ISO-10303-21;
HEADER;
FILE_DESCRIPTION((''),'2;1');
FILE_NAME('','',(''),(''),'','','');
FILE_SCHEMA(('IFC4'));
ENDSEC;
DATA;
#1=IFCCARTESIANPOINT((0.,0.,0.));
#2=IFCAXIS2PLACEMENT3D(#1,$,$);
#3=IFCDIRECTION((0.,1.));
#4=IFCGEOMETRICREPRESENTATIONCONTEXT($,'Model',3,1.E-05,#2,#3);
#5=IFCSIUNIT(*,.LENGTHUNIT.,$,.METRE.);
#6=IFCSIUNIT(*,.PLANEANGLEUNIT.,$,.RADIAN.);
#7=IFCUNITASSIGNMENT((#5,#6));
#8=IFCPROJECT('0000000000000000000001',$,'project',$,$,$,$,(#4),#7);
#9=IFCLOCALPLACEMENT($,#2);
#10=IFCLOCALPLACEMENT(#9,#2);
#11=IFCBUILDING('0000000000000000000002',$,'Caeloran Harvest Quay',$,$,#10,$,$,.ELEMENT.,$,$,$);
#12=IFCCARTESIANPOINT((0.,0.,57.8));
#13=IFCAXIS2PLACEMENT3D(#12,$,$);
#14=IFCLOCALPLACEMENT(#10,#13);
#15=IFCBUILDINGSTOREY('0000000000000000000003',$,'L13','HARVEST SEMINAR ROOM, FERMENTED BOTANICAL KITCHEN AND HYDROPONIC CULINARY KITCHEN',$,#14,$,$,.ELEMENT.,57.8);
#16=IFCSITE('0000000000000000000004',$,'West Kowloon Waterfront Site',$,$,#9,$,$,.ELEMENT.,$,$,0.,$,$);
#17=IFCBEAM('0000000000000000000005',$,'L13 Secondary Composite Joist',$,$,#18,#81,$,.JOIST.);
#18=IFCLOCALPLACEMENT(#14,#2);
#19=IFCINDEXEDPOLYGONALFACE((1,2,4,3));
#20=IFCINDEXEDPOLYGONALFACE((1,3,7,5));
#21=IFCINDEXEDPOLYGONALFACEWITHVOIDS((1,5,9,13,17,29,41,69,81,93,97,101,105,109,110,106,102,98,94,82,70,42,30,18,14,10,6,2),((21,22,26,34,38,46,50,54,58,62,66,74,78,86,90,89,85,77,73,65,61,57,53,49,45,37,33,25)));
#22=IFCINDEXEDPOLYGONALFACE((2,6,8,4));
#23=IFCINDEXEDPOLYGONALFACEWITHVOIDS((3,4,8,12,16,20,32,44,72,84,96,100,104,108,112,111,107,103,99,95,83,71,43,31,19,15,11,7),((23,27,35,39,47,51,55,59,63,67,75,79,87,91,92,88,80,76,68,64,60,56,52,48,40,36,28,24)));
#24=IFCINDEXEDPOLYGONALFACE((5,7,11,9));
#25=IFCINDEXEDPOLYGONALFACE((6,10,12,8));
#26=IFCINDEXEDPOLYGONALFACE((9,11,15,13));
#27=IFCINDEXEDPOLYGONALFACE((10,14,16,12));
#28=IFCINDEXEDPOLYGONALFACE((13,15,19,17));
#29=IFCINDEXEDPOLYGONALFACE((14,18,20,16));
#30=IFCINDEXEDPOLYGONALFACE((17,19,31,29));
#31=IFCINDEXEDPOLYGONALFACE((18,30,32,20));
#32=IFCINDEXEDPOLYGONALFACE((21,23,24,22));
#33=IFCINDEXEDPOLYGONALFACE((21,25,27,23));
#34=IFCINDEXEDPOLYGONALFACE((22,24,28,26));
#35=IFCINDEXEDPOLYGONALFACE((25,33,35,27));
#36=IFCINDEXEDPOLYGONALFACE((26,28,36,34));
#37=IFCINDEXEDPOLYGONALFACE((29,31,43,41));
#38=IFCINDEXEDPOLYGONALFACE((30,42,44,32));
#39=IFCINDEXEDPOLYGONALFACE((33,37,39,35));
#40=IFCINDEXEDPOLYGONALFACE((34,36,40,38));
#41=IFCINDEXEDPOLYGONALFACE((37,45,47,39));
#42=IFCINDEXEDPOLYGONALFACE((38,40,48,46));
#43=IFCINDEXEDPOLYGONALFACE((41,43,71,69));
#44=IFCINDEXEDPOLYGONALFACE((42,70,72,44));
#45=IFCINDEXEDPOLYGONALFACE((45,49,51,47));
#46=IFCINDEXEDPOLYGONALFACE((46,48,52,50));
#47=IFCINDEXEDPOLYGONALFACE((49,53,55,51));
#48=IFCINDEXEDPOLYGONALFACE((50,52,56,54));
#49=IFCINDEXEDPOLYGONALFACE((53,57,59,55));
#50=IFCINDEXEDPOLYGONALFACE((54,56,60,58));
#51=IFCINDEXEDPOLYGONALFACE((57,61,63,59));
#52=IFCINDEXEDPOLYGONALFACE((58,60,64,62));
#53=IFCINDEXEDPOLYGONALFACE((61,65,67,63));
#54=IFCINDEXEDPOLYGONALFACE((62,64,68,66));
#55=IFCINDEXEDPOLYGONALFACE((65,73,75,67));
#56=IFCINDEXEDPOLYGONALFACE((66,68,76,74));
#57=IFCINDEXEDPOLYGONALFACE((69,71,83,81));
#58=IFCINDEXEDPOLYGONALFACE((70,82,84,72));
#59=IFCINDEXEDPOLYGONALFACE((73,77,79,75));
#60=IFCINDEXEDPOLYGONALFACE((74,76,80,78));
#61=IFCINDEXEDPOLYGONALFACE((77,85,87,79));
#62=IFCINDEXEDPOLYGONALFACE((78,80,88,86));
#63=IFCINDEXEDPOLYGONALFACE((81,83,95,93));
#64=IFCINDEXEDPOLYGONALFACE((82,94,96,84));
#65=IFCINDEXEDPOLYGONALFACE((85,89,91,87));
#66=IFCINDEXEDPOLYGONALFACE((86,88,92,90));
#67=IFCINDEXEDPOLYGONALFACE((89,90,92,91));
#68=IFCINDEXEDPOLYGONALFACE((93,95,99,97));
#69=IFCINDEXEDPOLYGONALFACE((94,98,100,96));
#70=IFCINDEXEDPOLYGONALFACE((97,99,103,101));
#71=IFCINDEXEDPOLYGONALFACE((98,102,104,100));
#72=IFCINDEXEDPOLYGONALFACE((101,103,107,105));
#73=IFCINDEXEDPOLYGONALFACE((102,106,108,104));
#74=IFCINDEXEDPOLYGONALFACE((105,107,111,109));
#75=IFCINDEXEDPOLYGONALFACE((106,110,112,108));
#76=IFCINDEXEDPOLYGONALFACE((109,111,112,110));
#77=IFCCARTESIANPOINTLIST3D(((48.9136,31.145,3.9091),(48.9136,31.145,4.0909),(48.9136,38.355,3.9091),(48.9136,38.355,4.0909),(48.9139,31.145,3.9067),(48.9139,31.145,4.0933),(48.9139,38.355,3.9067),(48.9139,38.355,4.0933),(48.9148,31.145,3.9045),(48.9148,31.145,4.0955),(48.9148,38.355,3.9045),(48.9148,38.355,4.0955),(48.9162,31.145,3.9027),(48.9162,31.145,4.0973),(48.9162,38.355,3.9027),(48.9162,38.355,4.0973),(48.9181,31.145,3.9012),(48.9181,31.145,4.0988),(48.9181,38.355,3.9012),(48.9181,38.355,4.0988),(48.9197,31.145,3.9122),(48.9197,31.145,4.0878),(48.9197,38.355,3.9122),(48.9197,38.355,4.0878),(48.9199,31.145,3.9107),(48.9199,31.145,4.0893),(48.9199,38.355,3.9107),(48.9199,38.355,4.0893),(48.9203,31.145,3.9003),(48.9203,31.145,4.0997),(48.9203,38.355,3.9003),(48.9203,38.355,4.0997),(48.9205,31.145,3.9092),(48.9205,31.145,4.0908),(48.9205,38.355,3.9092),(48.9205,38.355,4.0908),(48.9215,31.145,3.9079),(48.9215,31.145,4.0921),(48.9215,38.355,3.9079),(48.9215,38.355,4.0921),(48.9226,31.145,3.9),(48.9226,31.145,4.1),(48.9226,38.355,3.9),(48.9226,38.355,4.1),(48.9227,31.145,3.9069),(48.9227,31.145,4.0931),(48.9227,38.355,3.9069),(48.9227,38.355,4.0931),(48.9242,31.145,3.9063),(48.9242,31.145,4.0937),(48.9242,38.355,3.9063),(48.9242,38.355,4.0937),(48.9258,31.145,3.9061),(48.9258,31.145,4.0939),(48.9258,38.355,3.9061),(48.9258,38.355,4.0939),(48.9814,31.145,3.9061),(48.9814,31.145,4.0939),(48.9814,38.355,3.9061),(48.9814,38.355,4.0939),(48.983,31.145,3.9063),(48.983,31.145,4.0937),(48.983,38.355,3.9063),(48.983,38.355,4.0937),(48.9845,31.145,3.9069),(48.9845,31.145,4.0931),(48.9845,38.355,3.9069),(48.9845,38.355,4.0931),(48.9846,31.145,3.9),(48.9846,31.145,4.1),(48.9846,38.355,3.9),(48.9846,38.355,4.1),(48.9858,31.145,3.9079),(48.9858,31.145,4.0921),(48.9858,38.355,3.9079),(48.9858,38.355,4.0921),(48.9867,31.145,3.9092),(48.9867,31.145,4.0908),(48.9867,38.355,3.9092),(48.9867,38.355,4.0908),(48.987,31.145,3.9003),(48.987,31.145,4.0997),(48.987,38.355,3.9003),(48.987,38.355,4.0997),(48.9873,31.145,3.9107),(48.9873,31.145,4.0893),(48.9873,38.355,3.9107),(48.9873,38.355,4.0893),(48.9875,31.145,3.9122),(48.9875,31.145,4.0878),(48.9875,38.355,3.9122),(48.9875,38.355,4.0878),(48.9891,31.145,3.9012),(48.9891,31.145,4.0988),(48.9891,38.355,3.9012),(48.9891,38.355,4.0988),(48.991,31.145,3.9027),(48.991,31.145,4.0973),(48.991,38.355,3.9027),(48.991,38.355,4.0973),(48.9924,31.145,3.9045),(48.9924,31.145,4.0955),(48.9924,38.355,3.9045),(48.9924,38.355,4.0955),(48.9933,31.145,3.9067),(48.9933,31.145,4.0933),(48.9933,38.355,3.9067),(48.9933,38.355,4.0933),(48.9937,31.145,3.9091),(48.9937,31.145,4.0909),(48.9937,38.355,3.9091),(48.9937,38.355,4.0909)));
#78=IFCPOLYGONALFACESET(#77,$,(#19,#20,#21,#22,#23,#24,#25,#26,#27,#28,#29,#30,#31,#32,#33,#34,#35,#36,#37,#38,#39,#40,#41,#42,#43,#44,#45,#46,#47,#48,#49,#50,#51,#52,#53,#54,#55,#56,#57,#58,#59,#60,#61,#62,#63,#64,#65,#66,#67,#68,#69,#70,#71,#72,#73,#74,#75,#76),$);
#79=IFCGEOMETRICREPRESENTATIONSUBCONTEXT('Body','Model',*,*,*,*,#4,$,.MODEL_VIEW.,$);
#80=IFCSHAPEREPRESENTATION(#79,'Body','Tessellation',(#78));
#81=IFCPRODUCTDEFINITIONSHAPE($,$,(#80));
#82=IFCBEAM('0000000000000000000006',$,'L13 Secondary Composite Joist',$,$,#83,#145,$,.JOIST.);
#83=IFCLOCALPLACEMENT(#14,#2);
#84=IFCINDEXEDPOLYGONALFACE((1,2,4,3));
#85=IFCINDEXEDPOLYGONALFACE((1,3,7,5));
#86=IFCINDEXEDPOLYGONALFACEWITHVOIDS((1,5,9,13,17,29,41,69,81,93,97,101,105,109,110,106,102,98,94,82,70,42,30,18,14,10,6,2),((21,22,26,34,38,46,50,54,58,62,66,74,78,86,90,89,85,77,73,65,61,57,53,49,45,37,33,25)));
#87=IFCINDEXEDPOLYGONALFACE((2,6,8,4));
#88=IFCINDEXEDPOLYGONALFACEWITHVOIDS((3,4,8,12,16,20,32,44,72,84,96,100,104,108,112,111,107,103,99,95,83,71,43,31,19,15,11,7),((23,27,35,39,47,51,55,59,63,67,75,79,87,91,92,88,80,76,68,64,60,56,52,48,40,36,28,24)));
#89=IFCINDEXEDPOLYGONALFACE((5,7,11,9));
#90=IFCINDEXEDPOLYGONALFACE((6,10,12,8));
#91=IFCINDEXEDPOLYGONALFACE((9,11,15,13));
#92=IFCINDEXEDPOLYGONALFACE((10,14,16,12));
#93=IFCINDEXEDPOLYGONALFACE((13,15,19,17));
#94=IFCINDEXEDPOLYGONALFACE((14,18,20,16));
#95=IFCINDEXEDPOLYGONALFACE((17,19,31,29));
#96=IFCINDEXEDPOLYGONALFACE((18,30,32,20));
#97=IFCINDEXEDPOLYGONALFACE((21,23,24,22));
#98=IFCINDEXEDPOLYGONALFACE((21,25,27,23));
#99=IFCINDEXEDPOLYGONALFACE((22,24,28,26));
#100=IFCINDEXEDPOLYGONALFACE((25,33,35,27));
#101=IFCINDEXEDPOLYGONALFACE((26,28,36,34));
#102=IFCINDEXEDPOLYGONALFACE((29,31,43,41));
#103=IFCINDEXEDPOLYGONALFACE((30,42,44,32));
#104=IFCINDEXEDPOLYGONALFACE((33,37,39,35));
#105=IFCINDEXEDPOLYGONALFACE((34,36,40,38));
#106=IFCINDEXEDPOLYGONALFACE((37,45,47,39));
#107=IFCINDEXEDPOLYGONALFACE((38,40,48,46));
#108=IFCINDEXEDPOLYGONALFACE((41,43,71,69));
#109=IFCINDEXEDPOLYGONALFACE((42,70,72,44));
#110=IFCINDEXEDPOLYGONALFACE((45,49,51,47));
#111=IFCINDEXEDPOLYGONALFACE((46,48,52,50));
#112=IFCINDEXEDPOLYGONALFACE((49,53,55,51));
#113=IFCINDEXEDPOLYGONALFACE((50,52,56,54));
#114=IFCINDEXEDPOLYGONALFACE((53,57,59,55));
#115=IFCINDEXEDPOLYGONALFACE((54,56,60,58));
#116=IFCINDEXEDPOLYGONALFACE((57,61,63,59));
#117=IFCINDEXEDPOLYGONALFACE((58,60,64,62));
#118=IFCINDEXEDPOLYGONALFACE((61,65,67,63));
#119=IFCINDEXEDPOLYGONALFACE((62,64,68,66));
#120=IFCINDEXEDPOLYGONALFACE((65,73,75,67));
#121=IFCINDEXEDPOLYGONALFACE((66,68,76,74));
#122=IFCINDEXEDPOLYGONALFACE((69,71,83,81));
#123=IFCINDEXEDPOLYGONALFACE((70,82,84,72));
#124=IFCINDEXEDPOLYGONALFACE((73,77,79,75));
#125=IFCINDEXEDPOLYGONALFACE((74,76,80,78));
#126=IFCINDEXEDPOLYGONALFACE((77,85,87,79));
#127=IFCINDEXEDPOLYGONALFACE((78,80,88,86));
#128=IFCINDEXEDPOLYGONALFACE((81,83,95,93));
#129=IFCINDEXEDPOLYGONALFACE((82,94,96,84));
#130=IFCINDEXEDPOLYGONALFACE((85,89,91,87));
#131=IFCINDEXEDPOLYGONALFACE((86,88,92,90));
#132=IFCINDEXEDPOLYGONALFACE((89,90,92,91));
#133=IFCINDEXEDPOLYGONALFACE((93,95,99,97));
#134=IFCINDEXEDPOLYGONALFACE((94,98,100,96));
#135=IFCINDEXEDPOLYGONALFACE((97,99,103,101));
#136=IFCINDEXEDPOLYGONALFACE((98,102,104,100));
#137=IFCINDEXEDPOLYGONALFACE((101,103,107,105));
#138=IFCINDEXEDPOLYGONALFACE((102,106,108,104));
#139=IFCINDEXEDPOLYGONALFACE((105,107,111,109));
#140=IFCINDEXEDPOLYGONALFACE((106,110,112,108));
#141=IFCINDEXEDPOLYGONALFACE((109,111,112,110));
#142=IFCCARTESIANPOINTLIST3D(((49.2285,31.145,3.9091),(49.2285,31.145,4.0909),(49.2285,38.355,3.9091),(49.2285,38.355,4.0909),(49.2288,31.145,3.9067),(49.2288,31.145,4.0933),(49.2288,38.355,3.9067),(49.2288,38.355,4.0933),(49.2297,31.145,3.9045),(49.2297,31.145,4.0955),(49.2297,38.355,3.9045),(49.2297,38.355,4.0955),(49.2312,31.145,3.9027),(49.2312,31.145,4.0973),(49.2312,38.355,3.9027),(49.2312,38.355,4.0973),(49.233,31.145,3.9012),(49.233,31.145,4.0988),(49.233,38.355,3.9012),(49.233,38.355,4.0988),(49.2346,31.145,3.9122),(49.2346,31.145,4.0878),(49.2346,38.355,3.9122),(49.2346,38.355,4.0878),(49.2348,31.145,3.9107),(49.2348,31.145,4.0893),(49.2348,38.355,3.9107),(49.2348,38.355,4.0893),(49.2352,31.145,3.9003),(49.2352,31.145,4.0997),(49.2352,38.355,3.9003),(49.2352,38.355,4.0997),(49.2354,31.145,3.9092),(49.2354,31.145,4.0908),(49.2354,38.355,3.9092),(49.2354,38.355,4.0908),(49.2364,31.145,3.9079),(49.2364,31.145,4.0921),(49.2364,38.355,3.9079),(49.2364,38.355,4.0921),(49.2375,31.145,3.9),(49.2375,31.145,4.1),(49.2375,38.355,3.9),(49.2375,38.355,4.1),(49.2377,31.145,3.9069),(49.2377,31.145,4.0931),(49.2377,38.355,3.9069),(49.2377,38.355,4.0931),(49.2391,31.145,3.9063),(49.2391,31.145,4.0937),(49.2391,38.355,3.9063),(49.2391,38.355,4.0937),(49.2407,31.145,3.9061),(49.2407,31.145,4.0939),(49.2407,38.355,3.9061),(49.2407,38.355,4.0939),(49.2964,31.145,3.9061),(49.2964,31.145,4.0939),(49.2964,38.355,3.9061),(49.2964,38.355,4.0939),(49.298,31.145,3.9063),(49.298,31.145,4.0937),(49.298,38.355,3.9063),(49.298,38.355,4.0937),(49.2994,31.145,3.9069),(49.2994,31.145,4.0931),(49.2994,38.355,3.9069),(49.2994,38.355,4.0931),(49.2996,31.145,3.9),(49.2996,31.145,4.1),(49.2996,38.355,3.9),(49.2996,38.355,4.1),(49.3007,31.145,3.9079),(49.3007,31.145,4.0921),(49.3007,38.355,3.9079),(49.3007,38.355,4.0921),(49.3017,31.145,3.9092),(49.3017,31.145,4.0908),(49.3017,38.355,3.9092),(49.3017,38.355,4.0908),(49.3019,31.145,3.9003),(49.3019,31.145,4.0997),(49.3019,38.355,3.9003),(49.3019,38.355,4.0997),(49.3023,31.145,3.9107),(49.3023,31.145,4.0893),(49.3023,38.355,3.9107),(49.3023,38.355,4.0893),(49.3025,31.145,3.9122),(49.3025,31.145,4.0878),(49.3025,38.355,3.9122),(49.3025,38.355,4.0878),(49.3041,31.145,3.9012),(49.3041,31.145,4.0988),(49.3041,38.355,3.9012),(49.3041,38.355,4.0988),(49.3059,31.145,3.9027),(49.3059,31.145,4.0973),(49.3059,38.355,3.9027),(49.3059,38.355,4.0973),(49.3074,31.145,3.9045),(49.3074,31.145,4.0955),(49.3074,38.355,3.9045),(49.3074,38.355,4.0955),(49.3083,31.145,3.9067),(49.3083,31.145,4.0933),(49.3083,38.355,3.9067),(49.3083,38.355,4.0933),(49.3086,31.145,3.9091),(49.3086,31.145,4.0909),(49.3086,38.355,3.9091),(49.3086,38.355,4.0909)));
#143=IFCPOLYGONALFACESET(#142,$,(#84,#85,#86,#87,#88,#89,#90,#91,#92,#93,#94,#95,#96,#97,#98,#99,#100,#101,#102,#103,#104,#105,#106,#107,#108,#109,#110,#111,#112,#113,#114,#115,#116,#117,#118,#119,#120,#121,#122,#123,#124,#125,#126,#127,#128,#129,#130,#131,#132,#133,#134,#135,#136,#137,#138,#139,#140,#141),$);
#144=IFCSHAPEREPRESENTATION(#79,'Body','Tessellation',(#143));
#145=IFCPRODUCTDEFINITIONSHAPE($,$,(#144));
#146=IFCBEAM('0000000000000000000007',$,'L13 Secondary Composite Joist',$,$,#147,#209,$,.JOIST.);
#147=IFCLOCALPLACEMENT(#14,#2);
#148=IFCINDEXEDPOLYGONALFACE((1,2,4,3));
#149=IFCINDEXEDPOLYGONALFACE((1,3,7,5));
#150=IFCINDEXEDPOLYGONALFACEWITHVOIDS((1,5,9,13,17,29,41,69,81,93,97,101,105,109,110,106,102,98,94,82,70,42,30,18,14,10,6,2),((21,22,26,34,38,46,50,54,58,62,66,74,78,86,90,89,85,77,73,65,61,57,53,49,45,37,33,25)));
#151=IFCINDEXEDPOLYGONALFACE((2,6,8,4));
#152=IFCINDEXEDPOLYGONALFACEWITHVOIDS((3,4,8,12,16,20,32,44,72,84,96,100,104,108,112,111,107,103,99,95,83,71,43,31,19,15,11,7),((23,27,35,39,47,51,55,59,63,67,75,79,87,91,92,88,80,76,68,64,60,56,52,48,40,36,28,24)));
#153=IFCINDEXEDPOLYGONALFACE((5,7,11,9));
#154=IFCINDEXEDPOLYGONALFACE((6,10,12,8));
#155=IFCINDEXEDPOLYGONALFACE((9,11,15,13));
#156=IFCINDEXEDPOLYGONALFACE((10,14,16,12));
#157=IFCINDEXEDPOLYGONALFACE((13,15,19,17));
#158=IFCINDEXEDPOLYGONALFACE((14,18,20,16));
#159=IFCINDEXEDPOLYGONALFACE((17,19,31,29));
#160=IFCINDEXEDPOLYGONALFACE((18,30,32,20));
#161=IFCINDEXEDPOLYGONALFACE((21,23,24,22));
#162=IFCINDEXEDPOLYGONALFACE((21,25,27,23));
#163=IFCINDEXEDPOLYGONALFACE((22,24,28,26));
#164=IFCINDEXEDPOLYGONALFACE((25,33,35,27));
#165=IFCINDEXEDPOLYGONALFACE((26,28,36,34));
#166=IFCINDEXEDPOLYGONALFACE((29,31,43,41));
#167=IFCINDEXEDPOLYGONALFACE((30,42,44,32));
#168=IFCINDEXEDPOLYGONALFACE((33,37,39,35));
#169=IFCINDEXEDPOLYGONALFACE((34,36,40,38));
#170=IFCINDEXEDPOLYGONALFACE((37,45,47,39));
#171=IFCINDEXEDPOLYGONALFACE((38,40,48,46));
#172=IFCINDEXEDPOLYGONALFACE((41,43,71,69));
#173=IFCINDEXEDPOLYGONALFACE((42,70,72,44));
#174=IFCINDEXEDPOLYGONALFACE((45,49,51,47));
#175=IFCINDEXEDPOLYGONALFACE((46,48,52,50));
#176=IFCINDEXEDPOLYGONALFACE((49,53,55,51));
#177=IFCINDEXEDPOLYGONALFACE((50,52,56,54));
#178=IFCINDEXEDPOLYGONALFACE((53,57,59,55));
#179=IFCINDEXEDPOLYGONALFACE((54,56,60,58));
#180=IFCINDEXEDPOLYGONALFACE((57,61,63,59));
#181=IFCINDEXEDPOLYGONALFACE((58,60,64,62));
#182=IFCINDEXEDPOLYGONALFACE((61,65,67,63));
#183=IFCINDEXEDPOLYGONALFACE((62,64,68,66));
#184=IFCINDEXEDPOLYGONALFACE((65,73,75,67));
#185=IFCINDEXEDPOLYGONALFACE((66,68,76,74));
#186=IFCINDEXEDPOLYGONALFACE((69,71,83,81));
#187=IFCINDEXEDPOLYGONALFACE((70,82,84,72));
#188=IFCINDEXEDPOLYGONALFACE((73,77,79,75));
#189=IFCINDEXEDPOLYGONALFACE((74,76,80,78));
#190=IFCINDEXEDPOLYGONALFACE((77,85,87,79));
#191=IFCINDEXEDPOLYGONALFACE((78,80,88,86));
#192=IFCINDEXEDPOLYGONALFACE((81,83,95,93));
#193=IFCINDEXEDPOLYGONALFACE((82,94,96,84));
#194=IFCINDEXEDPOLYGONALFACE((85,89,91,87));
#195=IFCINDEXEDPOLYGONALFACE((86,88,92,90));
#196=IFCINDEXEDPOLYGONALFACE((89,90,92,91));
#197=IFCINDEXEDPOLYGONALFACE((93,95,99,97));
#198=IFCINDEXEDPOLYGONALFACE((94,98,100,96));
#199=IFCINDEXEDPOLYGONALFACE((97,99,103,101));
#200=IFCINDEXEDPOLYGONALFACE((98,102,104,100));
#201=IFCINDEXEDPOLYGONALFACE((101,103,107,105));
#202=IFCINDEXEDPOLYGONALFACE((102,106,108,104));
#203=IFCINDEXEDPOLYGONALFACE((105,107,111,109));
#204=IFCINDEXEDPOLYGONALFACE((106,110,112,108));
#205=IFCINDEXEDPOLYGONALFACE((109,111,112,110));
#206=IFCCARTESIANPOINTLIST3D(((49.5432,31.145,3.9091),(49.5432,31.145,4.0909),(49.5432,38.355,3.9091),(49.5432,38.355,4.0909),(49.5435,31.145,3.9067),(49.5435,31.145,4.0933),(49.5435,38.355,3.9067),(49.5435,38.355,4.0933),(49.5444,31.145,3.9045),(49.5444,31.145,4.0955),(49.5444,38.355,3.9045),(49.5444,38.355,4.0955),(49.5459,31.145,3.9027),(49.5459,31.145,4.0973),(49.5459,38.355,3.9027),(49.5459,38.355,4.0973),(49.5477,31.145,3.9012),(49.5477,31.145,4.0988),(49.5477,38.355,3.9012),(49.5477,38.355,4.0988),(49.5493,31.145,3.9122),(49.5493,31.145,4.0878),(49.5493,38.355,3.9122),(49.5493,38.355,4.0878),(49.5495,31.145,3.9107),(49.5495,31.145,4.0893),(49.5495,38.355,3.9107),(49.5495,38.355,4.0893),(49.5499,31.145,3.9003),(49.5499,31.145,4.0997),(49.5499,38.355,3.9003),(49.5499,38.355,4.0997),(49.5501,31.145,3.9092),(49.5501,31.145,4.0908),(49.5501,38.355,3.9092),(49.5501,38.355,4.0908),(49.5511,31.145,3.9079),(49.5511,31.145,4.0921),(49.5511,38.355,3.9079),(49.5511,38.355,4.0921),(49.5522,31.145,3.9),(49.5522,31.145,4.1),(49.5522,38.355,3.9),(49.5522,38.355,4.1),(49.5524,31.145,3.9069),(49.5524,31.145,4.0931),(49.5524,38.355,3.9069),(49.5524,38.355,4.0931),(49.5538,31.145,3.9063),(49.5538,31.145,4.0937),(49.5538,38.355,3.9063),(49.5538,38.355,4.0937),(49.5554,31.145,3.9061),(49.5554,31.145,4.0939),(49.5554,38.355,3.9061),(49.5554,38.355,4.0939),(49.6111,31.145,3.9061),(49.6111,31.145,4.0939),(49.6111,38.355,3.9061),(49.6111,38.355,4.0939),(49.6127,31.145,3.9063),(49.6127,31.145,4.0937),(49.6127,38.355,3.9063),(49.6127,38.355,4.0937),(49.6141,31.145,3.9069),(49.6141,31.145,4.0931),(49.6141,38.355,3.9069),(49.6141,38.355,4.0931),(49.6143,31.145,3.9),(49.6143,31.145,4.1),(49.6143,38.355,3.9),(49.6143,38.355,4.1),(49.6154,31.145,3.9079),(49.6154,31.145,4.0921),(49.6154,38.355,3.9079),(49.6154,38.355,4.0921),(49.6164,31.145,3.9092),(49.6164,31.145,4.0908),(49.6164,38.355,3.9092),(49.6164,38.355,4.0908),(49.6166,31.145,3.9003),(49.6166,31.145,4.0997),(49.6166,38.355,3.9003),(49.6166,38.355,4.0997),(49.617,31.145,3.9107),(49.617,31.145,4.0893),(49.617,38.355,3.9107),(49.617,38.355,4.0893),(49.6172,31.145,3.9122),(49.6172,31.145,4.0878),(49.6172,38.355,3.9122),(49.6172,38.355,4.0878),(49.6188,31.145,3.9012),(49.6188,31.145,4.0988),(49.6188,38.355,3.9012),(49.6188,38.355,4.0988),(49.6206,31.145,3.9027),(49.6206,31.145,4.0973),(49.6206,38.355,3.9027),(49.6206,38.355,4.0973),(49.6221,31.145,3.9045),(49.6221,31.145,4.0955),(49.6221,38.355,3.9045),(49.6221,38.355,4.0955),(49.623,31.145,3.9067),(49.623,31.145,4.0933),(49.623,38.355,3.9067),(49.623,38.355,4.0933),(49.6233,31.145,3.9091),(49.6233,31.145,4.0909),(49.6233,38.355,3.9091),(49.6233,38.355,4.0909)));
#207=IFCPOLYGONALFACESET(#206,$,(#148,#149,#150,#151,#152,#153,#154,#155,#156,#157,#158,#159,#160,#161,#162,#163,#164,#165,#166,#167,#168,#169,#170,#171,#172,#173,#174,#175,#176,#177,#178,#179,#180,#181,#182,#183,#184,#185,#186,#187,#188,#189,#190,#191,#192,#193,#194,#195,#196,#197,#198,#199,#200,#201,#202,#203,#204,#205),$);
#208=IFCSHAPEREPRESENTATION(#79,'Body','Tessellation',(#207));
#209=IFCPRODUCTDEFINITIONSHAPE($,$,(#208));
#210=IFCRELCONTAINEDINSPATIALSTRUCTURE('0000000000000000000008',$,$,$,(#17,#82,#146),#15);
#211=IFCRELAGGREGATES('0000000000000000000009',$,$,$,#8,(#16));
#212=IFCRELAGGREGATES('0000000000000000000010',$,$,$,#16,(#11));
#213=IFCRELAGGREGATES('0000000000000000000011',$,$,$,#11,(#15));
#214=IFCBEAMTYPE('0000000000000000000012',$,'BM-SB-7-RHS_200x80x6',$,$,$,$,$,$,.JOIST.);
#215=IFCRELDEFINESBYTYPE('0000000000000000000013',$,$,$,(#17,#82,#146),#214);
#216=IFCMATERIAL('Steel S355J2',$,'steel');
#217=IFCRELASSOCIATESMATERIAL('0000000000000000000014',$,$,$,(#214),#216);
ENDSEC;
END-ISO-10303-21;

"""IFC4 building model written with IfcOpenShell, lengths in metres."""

from ifc_helpers import new_model, si_unit, direction, frame, origin, origin_2d, place, context, subcontext, project, spatial, hollow_rectangle, extrude, material, material_profile, profile_set, type_object, element, save


model = new_model("IFC4")

# Units and contexts
model_context = context("Model", 3, precision=1e-05, world=origin(), true_north=direction((0.0, 1.0)))
body_context = subcontext(model_context, "Body", "Model", "MODEL_VIEW")
ifc_project = project(units=[si_unit("LENGTHUNIT", "METRE"), si_unit("PLANEANGLEUNIT", "RADIAN")], contexts=[model_context])

# Site, building, storey
site_placement = place(None, origin())
site = spatial("IfcSite", under=ifc_project, at=site_placement, Name="West Kowloon Waterfront Site", CompositionType="ELEMENT", RefElevation=0.0)
building_placement = place(site_placement, origin())
building = spatial("IfcBuilding", under=site, at=building_placement, Name="Caeloran Harvest Quay", CompositionType="ELEMENT")
storey_placement = place(building_placement, frame((0.0, 0.0, 57.8)))
storey = spatial("IfcBuildingStorey", under=building, at=storey_placement, Name="L13", Description="HARVEST SEMINAR ROOM, FERMENTED BOTANICAL KITCHEN AND HYDROPONIC CULINARY KITCHEN", CompositionType="ELEMENT", Elevation=57.8)

# Beams
ifc_material_1 = material(Name="Steel S355J2", Category="steel")
ifc_material_profile_1 = material_profile(ifc_material_1, hollow_rectangle(XDim=0.0801, YDim=0.2, WallThickness=0.0061, InnerFilletRadius=0.0061, OuterFilletRadius=0.009, at=origin_2d()), Name="RHS 200x80x6")
ifc_profile_set_1 = profile_set([ifc_material_profile_1], Name="Steel S355J2")
beam_type_1 = type_object("IfcBeamType", Name="BM-SB-7-RHS_200x80x6", PredefinedType="JOIST", material=ifc_profile_set_1)
for number, where, z_axis, x_axis, name in (
    (1, (48.9536, 31.145, 4.0), (0.0, 1.0, 0.0), (-1.0, 0.0, 0.0), "L13 Secondary Composite Joist"),
    (2, (49.2686, 31.145, 4.0), (0.0, 1.0, 0.0), (-1.0, 0.0, 0.0), "L13 Secondary Composite Joist"),
    (3, (49.5833, 31.145, 4.0), (0.0, 1.0, 0.0), (-1.0, 0.0, 0.0), "L13 Secondary Composite Joist"),
):
    element("IfcBeam", number, at=place(storey_placement, frame(where, z_axis=z_axis, x_axis=x_axis)), inside=storey, type_object=beam_type_1, Name=name, PredefinedType="JOIST", context=body_context, shape_type="SweptSolid", body=[
        extrude(hollow_rectangle(XDim=0.0801, YDim=0.2, WallThickness=0.0061, InnerFilletRadius=0.0061, OuterFilletRadius=0.009, at=origin_2d()), origin(), (0.0, 0.0, 1.0), 7.21),
    ])

save(model, "model.ifc")
